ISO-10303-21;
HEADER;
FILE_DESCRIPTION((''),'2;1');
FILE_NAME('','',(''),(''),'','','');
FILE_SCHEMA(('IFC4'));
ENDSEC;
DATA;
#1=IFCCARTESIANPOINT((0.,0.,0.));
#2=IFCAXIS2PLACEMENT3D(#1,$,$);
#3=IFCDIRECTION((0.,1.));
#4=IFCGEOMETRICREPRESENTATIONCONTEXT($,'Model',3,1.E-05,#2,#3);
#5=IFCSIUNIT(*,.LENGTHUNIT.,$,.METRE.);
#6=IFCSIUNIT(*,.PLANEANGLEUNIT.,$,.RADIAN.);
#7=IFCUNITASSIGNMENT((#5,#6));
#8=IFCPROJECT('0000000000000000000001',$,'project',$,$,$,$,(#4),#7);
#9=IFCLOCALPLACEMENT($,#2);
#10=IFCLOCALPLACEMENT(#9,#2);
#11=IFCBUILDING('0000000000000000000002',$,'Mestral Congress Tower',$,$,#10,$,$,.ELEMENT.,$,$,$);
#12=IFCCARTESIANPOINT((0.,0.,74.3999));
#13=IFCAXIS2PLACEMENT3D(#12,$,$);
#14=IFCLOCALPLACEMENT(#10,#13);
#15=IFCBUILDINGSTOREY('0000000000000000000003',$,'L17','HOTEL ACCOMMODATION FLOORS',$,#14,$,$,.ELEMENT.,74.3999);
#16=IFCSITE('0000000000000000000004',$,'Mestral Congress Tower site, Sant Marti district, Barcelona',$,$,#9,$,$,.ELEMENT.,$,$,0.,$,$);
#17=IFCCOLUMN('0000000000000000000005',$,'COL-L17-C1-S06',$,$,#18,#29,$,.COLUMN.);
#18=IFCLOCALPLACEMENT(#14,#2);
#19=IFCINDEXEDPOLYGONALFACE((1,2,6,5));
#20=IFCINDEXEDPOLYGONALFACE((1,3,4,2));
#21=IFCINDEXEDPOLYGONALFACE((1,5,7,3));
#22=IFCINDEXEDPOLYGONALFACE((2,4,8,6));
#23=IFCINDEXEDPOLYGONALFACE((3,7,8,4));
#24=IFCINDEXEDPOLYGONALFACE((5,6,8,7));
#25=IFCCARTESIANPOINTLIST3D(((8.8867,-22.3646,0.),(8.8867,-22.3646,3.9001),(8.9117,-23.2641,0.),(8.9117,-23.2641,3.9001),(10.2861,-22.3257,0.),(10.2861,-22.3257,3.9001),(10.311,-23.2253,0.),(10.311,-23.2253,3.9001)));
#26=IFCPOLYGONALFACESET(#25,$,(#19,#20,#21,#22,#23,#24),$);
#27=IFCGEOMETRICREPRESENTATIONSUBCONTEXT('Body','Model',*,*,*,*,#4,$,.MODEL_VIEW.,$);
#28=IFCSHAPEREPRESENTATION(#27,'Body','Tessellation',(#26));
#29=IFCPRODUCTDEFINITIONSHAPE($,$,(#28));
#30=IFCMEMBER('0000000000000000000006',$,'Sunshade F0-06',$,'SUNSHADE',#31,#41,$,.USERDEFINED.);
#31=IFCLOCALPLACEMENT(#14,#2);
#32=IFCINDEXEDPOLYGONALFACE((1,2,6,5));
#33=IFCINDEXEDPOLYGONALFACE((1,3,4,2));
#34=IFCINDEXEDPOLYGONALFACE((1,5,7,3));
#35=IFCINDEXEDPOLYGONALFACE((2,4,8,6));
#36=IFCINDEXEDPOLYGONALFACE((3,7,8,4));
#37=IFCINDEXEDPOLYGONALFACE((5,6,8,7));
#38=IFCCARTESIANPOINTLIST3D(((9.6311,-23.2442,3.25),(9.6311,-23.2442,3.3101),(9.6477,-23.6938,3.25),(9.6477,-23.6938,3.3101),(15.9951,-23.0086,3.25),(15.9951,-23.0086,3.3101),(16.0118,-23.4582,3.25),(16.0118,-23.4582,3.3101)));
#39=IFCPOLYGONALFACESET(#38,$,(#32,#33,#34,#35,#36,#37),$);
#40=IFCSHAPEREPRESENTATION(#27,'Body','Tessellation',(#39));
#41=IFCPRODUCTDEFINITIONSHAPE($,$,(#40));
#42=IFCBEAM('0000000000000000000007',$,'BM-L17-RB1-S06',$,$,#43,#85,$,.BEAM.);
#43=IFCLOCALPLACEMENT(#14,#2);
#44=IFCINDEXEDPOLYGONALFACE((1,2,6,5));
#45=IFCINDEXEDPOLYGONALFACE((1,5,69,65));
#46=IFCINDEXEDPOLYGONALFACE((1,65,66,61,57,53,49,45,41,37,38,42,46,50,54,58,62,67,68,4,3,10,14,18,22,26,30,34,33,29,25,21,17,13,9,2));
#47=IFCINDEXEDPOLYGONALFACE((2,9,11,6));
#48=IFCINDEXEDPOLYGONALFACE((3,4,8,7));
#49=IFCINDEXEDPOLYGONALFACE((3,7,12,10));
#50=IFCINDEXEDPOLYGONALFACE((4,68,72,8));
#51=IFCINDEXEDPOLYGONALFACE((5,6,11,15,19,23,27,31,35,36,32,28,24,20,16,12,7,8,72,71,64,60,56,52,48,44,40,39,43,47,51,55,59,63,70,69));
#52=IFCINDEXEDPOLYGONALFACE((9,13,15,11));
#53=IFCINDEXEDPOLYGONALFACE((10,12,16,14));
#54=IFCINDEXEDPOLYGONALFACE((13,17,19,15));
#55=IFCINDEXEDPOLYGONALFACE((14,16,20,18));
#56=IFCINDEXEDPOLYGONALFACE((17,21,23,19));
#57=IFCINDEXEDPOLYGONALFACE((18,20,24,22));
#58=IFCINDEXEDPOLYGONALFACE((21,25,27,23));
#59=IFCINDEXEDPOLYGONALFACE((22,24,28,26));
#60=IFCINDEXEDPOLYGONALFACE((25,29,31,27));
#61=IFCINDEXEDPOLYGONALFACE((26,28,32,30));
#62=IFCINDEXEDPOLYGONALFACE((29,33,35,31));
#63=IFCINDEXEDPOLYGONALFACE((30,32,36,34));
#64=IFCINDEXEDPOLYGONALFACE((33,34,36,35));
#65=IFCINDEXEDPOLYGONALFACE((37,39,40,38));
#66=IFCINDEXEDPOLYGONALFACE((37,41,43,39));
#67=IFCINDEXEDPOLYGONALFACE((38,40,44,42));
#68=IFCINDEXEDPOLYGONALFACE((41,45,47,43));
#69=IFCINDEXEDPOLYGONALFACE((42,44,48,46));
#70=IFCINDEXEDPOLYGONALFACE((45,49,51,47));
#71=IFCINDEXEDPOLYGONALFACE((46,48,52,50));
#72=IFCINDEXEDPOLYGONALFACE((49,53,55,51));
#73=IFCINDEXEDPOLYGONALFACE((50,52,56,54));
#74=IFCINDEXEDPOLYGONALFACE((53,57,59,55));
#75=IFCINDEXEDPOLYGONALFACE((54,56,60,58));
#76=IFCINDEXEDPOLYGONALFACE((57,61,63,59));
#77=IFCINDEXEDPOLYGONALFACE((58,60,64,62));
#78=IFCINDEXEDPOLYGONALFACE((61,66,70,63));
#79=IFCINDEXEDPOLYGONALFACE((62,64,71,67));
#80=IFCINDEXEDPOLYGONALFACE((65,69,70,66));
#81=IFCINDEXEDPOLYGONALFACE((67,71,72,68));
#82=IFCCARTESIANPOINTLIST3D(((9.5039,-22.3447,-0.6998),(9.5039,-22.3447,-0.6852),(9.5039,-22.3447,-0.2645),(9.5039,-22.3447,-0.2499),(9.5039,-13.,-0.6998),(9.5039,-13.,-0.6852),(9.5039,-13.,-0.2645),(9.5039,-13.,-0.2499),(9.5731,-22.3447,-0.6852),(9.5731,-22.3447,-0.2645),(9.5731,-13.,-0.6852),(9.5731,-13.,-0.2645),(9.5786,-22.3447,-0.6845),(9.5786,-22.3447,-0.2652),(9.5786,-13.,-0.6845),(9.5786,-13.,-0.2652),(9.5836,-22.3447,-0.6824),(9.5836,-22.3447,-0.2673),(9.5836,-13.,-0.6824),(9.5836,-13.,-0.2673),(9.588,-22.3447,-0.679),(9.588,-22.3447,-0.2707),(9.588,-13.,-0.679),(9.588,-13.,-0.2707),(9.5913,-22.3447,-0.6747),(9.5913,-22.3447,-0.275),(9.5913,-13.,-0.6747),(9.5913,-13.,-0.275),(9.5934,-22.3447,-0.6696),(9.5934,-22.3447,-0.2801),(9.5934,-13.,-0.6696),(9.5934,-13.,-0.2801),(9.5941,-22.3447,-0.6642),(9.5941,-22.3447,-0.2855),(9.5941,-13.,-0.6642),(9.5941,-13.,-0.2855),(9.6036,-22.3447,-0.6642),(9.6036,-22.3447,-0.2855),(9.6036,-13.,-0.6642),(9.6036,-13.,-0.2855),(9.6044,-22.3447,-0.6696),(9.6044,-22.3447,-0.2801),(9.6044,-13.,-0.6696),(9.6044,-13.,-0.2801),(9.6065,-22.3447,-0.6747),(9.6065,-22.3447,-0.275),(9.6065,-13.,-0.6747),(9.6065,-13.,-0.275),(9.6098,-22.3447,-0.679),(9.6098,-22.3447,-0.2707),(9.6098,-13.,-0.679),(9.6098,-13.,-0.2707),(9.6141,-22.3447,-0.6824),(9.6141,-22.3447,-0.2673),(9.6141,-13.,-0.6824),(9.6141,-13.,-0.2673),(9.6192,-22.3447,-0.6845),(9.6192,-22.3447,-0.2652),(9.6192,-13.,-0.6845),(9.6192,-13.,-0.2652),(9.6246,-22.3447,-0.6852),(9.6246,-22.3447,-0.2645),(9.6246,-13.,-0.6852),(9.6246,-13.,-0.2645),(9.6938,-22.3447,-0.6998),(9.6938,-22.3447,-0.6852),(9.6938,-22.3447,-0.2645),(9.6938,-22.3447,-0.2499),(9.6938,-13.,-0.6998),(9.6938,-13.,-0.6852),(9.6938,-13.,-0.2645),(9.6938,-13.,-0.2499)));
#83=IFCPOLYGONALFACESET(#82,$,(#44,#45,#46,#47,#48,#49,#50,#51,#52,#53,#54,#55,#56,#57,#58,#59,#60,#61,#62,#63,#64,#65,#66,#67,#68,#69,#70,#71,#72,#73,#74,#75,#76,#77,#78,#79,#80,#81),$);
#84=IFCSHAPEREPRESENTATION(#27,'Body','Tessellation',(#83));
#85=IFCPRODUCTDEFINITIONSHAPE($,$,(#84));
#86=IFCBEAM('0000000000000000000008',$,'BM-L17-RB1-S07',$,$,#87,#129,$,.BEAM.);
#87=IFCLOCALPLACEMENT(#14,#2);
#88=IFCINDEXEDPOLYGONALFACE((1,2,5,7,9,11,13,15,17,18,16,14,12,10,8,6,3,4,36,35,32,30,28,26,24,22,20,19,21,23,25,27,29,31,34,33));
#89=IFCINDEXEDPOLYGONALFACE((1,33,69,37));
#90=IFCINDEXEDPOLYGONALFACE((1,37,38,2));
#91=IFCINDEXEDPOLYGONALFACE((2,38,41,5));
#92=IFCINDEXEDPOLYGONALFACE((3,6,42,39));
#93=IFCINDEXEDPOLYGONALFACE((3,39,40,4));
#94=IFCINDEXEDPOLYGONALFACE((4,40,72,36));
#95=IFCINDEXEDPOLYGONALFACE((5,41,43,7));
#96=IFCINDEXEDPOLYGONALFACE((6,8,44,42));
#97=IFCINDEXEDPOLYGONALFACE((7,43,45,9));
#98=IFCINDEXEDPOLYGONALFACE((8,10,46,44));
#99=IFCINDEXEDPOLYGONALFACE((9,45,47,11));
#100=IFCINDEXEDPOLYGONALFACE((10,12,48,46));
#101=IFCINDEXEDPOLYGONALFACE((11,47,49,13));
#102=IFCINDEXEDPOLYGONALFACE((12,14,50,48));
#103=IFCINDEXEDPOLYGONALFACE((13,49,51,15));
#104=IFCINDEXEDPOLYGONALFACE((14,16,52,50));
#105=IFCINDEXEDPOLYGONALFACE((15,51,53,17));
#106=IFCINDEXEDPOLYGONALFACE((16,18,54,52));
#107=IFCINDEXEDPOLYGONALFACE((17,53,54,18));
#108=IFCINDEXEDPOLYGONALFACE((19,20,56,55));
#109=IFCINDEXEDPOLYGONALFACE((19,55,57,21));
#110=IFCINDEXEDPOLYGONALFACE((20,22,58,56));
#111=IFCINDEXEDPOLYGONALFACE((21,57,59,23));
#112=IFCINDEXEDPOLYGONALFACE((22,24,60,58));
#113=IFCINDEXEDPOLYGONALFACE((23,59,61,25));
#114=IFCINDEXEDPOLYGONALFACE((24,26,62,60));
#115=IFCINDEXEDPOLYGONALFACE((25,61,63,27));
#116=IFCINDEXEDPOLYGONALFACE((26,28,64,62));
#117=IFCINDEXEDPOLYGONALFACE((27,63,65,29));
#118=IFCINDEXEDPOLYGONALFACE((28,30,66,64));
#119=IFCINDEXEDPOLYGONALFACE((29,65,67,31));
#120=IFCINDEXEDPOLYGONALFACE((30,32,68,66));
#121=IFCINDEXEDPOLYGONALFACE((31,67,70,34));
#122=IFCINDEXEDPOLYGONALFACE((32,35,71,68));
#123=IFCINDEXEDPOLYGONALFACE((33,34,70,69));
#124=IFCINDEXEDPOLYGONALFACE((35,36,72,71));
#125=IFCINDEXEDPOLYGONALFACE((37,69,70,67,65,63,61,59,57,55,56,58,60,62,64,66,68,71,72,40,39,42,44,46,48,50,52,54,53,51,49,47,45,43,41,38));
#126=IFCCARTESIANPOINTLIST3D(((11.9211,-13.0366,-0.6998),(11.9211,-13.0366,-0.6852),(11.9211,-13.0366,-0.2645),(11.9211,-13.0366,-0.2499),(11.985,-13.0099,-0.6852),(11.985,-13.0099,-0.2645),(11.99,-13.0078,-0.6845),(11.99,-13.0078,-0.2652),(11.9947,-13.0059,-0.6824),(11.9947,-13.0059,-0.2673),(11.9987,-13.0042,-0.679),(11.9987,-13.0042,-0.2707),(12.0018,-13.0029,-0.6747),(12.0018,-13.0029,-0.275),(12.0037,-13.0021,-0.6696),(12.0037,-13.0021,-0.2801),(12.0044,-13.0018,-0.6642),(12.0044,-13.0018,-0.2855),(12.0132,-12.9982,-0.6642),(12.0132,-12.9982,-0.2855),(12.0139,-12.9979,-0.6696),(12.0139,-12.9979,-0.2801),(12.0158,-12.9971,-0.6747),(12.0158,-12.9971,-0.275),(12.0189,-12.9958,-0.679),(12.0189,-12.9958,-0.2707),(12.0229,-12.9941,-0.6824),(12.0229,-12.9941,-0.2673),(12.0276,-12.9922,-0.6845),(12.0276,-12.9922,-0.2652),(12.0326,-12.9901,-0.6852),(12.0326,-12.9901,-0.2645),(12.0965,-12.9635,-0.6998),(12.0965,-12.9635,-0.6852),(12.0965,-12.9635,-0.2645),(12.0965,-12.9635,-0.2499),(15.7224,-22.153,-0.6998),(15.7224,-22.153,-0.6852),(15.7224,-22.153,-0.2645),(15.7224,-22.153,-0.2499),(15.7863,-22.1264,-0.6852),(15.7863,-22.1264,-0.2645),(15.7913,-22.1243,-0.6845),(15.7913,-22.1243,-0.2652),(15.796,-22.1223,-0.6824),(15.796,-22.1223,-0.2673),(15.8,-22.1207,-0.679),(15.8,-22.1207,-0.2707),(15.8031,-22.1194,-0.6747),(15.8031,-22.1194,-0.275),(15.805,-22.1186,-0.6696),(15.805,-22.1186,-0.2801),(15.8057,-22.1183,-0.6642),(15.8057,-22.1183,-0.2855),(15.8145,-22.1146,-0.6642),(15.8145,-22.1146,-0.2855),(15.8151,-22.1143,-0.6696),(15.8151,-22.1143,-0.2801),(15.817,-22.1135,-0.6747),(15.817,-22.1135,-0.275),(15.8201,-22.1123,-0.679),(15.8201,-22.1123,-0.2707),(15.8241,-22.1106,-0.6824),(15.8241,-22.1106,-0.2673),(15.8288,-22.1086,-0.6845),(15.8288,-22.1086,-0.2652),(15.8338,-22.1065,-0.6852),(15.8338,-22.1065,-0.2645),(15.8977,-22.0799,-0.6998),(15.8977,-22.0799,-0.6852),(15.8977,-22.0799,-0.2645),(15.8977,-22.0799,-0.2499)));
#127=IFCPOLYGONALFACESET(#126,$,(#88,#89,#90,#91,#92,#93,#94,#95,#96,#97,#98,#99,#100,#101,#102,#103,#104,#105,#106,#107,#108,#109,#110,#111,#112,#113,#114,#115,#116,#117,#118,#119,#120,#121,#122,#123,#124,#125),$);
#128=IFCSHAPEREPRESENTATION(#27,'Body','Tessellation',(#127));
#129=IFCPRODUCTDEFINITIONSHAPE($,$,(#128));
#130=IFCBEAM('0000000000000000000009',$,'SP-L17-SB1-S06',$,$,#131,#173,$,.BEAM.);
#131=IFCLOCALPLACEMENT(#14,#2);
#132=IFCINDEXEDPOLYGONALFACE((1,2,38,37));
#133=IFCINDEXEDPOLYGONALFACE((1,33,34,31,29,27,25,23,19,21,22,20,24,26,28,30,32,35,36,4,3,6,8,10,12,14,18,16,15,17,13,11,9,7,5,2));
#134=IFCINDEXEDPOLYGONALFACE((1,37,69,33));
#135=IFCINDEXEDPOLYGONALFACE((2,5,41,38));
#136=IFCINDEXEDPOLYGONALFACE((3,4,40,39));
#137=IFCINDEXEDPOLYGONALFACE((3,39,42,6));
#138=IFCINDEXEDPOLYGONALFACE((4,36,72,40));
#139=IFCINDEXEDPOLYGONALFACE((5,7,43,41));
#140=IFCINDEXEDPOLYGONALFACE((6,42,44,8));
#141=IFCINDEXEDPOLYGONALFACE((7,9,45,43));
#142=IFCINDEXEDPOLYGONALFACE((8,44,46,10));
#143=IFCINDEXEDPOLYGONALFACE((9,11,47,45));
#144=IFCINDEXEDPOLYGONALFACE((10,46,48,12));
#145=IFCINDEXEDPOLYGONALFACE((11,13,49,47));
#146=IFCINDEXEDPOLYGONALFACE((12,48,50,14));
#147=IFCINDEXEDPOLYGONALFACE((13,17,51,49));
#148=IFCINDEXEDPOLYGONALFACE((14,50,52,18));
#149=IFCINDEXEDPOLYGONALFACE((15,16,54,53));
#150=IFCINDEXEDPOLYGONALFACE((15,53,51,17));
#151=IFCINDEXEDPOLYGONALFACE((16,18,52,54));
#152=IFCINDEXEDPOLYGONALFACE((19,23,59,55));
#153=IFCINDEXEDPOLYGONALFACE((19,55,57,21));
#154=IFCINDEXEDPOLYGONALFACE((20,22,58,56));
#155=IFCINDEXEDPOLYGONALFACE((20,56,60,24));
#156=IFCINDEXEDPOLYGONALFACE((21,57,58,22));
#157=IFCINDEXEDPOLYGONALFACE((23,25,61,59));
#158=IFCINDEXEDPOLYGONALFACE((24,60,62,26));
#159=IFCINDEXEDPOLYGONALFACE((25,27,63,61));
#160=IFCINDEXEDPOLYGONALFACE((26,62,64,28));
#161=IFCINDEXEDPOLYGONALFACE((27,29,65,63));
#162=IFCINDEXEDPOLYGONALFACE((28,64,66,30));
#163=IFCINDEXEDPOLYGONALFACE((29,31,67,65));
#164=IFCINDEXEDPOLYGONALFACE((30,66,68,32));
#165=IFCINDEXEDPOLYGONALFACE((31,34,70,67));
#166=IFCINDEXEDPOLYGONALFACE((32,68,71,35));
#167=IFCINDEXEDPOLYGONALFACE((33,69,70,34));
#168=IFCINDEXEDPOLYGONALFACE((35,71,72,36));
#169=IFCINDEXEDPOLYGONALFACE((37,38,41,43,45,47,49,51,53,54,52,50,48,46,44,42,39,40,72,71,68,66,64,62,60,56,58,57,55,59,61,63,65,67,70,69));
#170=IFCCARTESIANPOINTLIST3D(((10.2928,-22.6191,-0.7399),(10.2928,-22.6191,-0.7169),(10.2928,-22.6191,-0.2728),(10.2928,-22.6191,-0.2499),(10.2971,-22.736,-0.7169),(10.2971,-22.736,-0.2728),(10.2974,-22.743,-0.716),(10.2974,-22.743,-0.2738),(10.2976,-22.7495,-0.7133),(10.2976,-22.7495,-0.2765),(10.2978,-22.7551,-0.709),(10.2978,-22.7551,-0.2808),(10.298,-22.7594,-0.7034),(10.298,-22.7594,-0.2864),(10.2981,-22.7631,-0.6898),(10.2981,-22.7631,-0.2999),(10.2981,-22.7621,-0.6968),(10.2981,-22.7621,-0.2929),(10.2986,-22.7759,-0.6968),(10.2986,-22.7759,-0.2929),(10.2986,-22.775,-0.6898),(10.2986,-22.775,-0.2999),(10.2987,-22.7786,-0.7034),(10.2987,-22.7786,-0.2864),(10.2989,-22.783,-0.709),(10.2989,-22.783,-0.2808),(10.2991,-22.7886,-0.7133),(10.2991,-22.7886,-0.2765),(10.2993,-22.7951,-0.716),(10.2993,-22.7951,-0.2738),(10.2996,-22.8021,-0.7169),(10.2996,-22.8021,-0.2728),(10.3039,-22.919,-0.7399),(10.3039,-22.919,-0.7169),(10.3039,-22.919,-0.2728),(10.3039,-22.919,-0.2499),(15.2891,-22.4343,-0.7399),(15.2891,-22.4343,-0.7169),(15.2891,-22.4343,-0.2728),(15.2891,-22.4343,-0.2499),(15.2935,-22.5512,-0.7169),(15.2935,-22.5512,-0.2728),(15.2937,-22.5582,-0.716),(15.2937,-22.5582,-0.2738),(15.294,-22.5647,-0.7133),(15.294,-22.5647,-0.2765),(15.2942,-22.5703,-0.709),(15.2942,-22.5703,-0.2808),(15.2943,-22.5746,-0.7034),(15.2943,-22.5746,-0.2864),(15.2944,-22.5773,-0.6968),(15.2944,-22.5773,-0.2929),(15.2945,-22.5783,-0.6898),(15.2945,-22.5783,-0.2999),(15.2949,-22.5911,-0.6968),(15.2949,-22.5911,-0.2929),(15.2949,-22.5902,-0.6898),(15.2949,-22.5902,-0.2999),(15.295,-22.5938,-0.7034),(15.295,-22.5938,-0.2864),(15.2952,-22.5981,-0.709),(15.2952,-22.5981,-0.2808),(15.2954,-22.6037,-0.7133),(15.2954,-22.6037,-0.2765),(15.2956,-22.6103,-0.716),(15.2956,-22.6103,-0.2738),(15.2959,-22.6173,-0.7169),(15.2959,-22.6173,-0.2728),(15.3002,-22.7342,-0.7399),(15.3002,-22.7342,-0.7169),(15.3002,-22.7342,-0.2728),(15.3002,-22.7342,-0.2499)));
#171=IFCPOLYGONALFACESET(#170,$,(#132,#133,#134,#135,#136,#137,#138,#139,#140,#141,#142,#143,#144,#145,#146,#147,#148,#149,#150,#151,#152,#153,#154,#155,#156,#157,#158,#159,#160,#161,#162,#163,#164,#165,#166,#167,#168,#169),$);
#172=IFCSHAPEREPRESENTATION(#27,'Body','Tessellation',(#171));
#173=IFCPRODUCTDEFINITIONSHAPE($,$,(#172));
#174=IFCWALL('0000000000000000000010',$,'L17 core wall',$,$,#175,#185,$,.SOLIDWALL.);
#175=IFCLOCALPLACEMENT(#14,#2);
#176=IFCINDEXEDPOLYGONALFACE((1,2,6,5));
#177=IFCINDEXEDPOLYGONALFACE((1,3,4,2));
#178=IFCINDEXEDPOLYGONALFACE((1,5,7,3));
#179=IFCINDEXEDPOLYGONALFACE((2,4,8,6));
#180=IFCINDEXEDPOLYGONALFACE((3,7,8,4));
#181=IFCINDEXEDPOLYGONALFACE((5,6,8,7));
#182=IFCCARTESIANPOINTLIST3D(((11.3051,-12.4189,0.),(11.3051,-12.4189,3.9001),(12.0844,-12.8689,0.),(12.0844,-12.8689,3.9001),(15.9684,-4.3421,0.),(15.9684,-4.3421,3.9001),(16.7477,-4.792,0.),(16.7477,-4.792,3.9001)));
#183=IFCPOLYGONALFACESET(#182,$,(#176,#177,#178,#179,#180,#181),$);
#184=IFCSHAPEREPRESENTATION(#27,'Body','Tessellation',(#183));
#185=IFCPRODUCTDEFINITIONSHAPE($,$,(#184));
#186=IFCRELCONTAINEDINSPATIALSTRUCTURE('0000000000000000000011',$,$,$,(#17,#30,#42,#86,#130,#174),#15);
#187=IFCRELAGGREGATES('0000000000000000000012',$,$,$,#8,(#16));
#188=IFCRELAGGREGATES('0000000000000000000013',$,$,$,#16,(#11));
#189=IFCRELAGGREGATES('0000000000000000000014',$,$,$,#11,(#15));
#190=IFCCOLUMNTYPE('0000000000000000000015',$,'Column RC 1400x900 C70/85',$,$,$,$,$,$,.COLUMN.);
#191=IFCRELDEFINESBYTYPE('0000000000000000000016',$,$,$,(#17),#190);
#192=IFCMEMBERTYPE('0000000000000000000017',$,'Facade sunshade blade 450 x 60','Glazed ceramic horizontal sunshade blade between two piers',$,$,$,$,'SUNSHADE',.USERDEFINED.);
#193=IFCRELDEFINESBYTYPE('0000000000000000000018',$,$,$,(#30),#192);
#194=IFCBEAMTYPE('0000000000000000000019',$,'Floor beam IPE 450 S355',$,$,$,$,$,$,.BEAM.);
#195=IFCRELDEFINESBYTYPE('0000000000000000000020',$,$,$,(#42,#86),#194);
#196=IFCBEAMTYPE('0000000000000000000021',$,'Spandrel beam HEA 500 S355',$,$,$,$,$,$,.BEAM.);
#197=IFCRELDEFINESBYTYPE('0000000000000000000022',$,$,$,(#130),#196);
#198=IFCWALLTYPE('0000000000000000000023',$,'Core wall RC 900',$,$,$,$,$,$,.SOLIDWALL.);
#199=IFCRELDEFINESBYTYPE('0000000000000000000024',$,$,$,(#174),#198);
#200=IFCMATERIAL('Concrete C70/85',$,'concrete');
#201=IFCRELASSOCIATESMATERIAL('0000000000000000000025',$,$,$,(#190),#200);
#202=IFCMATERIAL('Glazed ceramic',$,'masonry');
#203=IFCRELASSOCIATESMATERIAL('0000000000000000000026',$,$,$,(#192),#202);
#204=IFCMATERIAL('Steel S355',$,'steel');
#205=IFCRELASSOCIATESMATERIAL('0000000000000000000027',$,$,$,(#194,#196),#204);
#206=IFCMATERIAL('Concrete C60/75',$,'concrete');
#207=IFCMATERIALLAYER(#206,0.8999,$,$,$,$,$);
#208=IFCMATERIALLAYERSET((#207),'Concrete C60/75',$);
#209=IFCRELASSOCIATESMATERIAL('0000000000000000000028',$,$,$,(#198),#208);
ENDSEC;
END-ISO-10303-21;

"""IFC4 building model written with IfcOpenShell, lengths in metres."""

from ifc_helpers import new_model, si_unit, direction, frame, frame_2d, origin, origin_2d, place, context, subcontext, project, spatial, rectangle, i_section, extrude, material, layer, layer_set, material_profile, profile_set, type_object, element, save


model = new_model("IFC4")

# Units and contexts
model_context = context("Model", 3, precision=1e-05, world=origin(), true_north=direction((0.0, 1.0)))
body_context = subcontext(model_context, "Body", "Model", "MODEL_VIEW")
ifc_project = project(units=[si_unit("LENGTHUNIT", "METRE"), si_unit("PLANEANGLEUNIT", "RADIAN")], contexts=[model_context])

# Site, building, storey
site_placement = place(None, origin())
site = spatial("IfcSite", under=ifc_project, at=site_placement, Name="Mestral Congress Tower site, Sant Marti district, Barcelona", CompositionType="ELEMENT", RefElevation=0.0)
building_placement = place(site_placement, origin())
building = spatial("IfcBuilding", under=site, at=building_placement, Name="Mestral Congress Tower", CompositionType="ELEMENT")
storey_placement = place(building_placement, frame((0.0, 0.0, 74.3999)))
storey = spatial("IfcBuildingStorey", under=building, at=storey_placement, Name="L17", Description="HOTEL ACCOMMODATION FLOORS", CompositionType="ELEMENT", Elevation=74.3999)

# Column
ifc_material_1 = material(Name="Concrete C70/85", Category="concrete")
ifc_material_profile_1 = material_profile(ifc_material_1, rectangle(XDim=1.3999, YDim=0.8999, at=origin_2d()), Name="RC 1400x900")
ifc_profile_set_1 = profile_set([ifc_material_profile_1], Name="Concrete C70/85")
column_type = type_object("IfcColumnType", Name="Column RC 1400x900 C70/85", PredefinedType="COLUMN", material=ifc_profile_set_1)
column_placement = place(storey_placement, frame((9.5989, -22.7949, 0.0), z_axis=(0.0, 0.0, 1.0), x_axis=(0.999616, 0.027726, 0.0)))
element("IfcColumn", 1, at=column_placement, inside=storey, type_object=column_type, Name="COL-L17-C1-S06", PredefinedType="COLUMN", context=body_context, shape_type="SweptSolid", body=[
    extrude(rectangle(XDim=1.3999, YDim=0.8999, at=origin_2d()), origin(), (0.0, 0.0, 1.0), 3.9001),
])

# Member
ifc_material_2 = material(Name="Glazed ceramic", Category="masonry")
ifc_material_profile_2 = material_profile(ifc_material_2, rectangle(XDim=0.45, YDim=0.0601, at=origin_2d()), Name="Ceramic blade 450 x 60")
ifc_profile_set_2 = profile_set([ifc_material_profile_2], Name="Glazed ceramic")
member_type = type_object("IfcMemberType", Name="Facade sunshade blade 450 x 60", Description="Glazed ceramic horizontal sunshade blade between two piers", ElementType="SUNSHADE", PredefinedType="USERDEFINED", material=ifc_profile_set_2)
member_placement = place(storey_placement, frame((9.6394, -23.469, 3.28), z_axis=(0.999315, 0.036995, 0.0), x_axis=(-0.036995, 0.999315, 0.0)))
element("IfcMember", 2, at=member_placement, inside=storey, type_object=member_type, Name="Sunshade F0-06", ObjectType="SUNSHADE", PredefinedType="USERDEFINED", context=body_context, shape_type="SweptSolid", body=[
    extrude(rectangle(XDim=0.45, YDim=0.0601, at=origin_2d()), origin(), (0.0, 0.0, 1.0), 6.3684),
])

# Beams
ifc_material_3 = material(Name="Steel S355", Category="steel")
ifc_material_profile_3 = material_profile(ifc_material_3, i_section(OverallWidth=0.1899, OverallDepth=0.45, WebThickness=0.0095, FlangeThickness=0.0146, FilletRadius=0.021, at=origin_2d()), Name="IPE 450")
ifc_profile_set_3 = profile_set([ifc_material_profile_3], Name="Steel S355")
beam_type_1 = type_object("IfcBeamType", Name="Floor beam IPE 450 S355", PredefinedType="BEAM", material=ifc_profile_set_3)
beam_1_placement = place(storey_placement, frame((9.5989, -22.3447, -0.4749), z_axis=(0.0, 1.0, 0.0), x_axis=(-1.0, 0.0, 0.0)))
element("IfcBeam", 3, at=beam_1_placement, inside=storey, type_object=beam_type_1, Name="BM-L17-RB1-S06", PredefinedType="BEAM", context=body_context, shape_type="SweptSolid", body=[
    extrude(i_section(OverallWidth=0.1899, OverallDepth=0.45, WebThickness=0.0095, FlangeThickness=0.0146, FilletRadius=0.021, at=origin_2d()), origin(), (0.0, 0.0, 1.0), 9.3447),
])
beam_2_placement = place(storey_placement, frame((15.8101, -22.1165, -0.4749), z_axis=(-0.384852, 0.922978, 0.0), x_axis=(-0.922978, -0.384852, 0.0)))
element("IfcBeam", 4, at=beam_2_placement, inside=storey, type_object=beam_type_1, Name="BM-L17-RB1-S07", PredefinedType="BEAM", context=body_context, shape_type="SweptSolid", body=[
    extrude(i_section(OverallWidth=0.1899, OverallDepth=0.45, WebThickness=0.0095, FlangeThickness=0.0146, FilletRadius=0.021, at=origin_2d()), origin(), (0.0, 0.0, 1.0), 9.8772),
])
ifc_material_profile_4 = material_profile(ifc_material_3, i_section(OverallWidth=0.3, OverallDepth=0.49, WebThickness=0.012, FlangeThickness=0.0229, FilletRadius=0.0271, at=origin_2d()), Name="HEA 500")
ifc_profile_set_4 = profile_set([ifc_material_profile_4], Name="Steel S355")
beam_type_2 = type_object("IfcBeamType", Name="Spandrel beam HEA 500 S355", PredefinedType="BEAM", material=ifc_profile_set_4)
beam_3_placement = place(storey_placement, frame((10.2983, -22.769, -0.4949), z_axis=(0.999317, 0.036965, 0.0), x_axis=(-0.036965, 0.999317, 0.0)))
element("IfcBeam", 5, at=beam_3_placement, inside=storey, type_object=beam_type_2, Name="SP-L17-SB1-S06", PredefinedType="BEAM", context=body_context, shape_type="SweptSolid", body=[
    extrude(i_section(OverallWidth=0.3, OverallDepth=0.49, WebThickness=0.012, FlangeThickness=0.0229, FilletRadius=0.0271, at=origin_2d()), origin(), (0.0, 0.0, 1.0), 4.9998),
])

# Wall
ifc_material_4 = material(Name="Concrete C60/75", Category="concrete")
ifc_layer_1 = layer(ifc_material_4, 0.8999)
ifc_layer_set_1 = layer_set([ifc_layer_1], Name="Concrete C60/75")
wall_type_1 = type_object("IfcWallType", Name="Core wall RC 900", PredefinedType="SOLIDWALL", material=ifc_layer_set_1)
wall_1_placement = place(storey_placement, frame((11.6948, -12.6438, 0.0), z_axis=(0.0, 0.0, 1.0), x_axis=(0.50001, 0.866019, 0.0)))
element("IfcWall", 6, at=wall_1_placement, inside=storey, type_object=wall_type_1, Name="L17 core wall", PredefinedType="SOLIDWALL", context=body_context, shape_type="SweptSolid", body=[
    extrude(rectangle(XDim=9.3264, YDim=0.8999, at=frame_2d((4.6631, 0.0))), origin(), (0.0, 0.0, 1.0), 3.9001),
])

save(model, "model.ifc")
